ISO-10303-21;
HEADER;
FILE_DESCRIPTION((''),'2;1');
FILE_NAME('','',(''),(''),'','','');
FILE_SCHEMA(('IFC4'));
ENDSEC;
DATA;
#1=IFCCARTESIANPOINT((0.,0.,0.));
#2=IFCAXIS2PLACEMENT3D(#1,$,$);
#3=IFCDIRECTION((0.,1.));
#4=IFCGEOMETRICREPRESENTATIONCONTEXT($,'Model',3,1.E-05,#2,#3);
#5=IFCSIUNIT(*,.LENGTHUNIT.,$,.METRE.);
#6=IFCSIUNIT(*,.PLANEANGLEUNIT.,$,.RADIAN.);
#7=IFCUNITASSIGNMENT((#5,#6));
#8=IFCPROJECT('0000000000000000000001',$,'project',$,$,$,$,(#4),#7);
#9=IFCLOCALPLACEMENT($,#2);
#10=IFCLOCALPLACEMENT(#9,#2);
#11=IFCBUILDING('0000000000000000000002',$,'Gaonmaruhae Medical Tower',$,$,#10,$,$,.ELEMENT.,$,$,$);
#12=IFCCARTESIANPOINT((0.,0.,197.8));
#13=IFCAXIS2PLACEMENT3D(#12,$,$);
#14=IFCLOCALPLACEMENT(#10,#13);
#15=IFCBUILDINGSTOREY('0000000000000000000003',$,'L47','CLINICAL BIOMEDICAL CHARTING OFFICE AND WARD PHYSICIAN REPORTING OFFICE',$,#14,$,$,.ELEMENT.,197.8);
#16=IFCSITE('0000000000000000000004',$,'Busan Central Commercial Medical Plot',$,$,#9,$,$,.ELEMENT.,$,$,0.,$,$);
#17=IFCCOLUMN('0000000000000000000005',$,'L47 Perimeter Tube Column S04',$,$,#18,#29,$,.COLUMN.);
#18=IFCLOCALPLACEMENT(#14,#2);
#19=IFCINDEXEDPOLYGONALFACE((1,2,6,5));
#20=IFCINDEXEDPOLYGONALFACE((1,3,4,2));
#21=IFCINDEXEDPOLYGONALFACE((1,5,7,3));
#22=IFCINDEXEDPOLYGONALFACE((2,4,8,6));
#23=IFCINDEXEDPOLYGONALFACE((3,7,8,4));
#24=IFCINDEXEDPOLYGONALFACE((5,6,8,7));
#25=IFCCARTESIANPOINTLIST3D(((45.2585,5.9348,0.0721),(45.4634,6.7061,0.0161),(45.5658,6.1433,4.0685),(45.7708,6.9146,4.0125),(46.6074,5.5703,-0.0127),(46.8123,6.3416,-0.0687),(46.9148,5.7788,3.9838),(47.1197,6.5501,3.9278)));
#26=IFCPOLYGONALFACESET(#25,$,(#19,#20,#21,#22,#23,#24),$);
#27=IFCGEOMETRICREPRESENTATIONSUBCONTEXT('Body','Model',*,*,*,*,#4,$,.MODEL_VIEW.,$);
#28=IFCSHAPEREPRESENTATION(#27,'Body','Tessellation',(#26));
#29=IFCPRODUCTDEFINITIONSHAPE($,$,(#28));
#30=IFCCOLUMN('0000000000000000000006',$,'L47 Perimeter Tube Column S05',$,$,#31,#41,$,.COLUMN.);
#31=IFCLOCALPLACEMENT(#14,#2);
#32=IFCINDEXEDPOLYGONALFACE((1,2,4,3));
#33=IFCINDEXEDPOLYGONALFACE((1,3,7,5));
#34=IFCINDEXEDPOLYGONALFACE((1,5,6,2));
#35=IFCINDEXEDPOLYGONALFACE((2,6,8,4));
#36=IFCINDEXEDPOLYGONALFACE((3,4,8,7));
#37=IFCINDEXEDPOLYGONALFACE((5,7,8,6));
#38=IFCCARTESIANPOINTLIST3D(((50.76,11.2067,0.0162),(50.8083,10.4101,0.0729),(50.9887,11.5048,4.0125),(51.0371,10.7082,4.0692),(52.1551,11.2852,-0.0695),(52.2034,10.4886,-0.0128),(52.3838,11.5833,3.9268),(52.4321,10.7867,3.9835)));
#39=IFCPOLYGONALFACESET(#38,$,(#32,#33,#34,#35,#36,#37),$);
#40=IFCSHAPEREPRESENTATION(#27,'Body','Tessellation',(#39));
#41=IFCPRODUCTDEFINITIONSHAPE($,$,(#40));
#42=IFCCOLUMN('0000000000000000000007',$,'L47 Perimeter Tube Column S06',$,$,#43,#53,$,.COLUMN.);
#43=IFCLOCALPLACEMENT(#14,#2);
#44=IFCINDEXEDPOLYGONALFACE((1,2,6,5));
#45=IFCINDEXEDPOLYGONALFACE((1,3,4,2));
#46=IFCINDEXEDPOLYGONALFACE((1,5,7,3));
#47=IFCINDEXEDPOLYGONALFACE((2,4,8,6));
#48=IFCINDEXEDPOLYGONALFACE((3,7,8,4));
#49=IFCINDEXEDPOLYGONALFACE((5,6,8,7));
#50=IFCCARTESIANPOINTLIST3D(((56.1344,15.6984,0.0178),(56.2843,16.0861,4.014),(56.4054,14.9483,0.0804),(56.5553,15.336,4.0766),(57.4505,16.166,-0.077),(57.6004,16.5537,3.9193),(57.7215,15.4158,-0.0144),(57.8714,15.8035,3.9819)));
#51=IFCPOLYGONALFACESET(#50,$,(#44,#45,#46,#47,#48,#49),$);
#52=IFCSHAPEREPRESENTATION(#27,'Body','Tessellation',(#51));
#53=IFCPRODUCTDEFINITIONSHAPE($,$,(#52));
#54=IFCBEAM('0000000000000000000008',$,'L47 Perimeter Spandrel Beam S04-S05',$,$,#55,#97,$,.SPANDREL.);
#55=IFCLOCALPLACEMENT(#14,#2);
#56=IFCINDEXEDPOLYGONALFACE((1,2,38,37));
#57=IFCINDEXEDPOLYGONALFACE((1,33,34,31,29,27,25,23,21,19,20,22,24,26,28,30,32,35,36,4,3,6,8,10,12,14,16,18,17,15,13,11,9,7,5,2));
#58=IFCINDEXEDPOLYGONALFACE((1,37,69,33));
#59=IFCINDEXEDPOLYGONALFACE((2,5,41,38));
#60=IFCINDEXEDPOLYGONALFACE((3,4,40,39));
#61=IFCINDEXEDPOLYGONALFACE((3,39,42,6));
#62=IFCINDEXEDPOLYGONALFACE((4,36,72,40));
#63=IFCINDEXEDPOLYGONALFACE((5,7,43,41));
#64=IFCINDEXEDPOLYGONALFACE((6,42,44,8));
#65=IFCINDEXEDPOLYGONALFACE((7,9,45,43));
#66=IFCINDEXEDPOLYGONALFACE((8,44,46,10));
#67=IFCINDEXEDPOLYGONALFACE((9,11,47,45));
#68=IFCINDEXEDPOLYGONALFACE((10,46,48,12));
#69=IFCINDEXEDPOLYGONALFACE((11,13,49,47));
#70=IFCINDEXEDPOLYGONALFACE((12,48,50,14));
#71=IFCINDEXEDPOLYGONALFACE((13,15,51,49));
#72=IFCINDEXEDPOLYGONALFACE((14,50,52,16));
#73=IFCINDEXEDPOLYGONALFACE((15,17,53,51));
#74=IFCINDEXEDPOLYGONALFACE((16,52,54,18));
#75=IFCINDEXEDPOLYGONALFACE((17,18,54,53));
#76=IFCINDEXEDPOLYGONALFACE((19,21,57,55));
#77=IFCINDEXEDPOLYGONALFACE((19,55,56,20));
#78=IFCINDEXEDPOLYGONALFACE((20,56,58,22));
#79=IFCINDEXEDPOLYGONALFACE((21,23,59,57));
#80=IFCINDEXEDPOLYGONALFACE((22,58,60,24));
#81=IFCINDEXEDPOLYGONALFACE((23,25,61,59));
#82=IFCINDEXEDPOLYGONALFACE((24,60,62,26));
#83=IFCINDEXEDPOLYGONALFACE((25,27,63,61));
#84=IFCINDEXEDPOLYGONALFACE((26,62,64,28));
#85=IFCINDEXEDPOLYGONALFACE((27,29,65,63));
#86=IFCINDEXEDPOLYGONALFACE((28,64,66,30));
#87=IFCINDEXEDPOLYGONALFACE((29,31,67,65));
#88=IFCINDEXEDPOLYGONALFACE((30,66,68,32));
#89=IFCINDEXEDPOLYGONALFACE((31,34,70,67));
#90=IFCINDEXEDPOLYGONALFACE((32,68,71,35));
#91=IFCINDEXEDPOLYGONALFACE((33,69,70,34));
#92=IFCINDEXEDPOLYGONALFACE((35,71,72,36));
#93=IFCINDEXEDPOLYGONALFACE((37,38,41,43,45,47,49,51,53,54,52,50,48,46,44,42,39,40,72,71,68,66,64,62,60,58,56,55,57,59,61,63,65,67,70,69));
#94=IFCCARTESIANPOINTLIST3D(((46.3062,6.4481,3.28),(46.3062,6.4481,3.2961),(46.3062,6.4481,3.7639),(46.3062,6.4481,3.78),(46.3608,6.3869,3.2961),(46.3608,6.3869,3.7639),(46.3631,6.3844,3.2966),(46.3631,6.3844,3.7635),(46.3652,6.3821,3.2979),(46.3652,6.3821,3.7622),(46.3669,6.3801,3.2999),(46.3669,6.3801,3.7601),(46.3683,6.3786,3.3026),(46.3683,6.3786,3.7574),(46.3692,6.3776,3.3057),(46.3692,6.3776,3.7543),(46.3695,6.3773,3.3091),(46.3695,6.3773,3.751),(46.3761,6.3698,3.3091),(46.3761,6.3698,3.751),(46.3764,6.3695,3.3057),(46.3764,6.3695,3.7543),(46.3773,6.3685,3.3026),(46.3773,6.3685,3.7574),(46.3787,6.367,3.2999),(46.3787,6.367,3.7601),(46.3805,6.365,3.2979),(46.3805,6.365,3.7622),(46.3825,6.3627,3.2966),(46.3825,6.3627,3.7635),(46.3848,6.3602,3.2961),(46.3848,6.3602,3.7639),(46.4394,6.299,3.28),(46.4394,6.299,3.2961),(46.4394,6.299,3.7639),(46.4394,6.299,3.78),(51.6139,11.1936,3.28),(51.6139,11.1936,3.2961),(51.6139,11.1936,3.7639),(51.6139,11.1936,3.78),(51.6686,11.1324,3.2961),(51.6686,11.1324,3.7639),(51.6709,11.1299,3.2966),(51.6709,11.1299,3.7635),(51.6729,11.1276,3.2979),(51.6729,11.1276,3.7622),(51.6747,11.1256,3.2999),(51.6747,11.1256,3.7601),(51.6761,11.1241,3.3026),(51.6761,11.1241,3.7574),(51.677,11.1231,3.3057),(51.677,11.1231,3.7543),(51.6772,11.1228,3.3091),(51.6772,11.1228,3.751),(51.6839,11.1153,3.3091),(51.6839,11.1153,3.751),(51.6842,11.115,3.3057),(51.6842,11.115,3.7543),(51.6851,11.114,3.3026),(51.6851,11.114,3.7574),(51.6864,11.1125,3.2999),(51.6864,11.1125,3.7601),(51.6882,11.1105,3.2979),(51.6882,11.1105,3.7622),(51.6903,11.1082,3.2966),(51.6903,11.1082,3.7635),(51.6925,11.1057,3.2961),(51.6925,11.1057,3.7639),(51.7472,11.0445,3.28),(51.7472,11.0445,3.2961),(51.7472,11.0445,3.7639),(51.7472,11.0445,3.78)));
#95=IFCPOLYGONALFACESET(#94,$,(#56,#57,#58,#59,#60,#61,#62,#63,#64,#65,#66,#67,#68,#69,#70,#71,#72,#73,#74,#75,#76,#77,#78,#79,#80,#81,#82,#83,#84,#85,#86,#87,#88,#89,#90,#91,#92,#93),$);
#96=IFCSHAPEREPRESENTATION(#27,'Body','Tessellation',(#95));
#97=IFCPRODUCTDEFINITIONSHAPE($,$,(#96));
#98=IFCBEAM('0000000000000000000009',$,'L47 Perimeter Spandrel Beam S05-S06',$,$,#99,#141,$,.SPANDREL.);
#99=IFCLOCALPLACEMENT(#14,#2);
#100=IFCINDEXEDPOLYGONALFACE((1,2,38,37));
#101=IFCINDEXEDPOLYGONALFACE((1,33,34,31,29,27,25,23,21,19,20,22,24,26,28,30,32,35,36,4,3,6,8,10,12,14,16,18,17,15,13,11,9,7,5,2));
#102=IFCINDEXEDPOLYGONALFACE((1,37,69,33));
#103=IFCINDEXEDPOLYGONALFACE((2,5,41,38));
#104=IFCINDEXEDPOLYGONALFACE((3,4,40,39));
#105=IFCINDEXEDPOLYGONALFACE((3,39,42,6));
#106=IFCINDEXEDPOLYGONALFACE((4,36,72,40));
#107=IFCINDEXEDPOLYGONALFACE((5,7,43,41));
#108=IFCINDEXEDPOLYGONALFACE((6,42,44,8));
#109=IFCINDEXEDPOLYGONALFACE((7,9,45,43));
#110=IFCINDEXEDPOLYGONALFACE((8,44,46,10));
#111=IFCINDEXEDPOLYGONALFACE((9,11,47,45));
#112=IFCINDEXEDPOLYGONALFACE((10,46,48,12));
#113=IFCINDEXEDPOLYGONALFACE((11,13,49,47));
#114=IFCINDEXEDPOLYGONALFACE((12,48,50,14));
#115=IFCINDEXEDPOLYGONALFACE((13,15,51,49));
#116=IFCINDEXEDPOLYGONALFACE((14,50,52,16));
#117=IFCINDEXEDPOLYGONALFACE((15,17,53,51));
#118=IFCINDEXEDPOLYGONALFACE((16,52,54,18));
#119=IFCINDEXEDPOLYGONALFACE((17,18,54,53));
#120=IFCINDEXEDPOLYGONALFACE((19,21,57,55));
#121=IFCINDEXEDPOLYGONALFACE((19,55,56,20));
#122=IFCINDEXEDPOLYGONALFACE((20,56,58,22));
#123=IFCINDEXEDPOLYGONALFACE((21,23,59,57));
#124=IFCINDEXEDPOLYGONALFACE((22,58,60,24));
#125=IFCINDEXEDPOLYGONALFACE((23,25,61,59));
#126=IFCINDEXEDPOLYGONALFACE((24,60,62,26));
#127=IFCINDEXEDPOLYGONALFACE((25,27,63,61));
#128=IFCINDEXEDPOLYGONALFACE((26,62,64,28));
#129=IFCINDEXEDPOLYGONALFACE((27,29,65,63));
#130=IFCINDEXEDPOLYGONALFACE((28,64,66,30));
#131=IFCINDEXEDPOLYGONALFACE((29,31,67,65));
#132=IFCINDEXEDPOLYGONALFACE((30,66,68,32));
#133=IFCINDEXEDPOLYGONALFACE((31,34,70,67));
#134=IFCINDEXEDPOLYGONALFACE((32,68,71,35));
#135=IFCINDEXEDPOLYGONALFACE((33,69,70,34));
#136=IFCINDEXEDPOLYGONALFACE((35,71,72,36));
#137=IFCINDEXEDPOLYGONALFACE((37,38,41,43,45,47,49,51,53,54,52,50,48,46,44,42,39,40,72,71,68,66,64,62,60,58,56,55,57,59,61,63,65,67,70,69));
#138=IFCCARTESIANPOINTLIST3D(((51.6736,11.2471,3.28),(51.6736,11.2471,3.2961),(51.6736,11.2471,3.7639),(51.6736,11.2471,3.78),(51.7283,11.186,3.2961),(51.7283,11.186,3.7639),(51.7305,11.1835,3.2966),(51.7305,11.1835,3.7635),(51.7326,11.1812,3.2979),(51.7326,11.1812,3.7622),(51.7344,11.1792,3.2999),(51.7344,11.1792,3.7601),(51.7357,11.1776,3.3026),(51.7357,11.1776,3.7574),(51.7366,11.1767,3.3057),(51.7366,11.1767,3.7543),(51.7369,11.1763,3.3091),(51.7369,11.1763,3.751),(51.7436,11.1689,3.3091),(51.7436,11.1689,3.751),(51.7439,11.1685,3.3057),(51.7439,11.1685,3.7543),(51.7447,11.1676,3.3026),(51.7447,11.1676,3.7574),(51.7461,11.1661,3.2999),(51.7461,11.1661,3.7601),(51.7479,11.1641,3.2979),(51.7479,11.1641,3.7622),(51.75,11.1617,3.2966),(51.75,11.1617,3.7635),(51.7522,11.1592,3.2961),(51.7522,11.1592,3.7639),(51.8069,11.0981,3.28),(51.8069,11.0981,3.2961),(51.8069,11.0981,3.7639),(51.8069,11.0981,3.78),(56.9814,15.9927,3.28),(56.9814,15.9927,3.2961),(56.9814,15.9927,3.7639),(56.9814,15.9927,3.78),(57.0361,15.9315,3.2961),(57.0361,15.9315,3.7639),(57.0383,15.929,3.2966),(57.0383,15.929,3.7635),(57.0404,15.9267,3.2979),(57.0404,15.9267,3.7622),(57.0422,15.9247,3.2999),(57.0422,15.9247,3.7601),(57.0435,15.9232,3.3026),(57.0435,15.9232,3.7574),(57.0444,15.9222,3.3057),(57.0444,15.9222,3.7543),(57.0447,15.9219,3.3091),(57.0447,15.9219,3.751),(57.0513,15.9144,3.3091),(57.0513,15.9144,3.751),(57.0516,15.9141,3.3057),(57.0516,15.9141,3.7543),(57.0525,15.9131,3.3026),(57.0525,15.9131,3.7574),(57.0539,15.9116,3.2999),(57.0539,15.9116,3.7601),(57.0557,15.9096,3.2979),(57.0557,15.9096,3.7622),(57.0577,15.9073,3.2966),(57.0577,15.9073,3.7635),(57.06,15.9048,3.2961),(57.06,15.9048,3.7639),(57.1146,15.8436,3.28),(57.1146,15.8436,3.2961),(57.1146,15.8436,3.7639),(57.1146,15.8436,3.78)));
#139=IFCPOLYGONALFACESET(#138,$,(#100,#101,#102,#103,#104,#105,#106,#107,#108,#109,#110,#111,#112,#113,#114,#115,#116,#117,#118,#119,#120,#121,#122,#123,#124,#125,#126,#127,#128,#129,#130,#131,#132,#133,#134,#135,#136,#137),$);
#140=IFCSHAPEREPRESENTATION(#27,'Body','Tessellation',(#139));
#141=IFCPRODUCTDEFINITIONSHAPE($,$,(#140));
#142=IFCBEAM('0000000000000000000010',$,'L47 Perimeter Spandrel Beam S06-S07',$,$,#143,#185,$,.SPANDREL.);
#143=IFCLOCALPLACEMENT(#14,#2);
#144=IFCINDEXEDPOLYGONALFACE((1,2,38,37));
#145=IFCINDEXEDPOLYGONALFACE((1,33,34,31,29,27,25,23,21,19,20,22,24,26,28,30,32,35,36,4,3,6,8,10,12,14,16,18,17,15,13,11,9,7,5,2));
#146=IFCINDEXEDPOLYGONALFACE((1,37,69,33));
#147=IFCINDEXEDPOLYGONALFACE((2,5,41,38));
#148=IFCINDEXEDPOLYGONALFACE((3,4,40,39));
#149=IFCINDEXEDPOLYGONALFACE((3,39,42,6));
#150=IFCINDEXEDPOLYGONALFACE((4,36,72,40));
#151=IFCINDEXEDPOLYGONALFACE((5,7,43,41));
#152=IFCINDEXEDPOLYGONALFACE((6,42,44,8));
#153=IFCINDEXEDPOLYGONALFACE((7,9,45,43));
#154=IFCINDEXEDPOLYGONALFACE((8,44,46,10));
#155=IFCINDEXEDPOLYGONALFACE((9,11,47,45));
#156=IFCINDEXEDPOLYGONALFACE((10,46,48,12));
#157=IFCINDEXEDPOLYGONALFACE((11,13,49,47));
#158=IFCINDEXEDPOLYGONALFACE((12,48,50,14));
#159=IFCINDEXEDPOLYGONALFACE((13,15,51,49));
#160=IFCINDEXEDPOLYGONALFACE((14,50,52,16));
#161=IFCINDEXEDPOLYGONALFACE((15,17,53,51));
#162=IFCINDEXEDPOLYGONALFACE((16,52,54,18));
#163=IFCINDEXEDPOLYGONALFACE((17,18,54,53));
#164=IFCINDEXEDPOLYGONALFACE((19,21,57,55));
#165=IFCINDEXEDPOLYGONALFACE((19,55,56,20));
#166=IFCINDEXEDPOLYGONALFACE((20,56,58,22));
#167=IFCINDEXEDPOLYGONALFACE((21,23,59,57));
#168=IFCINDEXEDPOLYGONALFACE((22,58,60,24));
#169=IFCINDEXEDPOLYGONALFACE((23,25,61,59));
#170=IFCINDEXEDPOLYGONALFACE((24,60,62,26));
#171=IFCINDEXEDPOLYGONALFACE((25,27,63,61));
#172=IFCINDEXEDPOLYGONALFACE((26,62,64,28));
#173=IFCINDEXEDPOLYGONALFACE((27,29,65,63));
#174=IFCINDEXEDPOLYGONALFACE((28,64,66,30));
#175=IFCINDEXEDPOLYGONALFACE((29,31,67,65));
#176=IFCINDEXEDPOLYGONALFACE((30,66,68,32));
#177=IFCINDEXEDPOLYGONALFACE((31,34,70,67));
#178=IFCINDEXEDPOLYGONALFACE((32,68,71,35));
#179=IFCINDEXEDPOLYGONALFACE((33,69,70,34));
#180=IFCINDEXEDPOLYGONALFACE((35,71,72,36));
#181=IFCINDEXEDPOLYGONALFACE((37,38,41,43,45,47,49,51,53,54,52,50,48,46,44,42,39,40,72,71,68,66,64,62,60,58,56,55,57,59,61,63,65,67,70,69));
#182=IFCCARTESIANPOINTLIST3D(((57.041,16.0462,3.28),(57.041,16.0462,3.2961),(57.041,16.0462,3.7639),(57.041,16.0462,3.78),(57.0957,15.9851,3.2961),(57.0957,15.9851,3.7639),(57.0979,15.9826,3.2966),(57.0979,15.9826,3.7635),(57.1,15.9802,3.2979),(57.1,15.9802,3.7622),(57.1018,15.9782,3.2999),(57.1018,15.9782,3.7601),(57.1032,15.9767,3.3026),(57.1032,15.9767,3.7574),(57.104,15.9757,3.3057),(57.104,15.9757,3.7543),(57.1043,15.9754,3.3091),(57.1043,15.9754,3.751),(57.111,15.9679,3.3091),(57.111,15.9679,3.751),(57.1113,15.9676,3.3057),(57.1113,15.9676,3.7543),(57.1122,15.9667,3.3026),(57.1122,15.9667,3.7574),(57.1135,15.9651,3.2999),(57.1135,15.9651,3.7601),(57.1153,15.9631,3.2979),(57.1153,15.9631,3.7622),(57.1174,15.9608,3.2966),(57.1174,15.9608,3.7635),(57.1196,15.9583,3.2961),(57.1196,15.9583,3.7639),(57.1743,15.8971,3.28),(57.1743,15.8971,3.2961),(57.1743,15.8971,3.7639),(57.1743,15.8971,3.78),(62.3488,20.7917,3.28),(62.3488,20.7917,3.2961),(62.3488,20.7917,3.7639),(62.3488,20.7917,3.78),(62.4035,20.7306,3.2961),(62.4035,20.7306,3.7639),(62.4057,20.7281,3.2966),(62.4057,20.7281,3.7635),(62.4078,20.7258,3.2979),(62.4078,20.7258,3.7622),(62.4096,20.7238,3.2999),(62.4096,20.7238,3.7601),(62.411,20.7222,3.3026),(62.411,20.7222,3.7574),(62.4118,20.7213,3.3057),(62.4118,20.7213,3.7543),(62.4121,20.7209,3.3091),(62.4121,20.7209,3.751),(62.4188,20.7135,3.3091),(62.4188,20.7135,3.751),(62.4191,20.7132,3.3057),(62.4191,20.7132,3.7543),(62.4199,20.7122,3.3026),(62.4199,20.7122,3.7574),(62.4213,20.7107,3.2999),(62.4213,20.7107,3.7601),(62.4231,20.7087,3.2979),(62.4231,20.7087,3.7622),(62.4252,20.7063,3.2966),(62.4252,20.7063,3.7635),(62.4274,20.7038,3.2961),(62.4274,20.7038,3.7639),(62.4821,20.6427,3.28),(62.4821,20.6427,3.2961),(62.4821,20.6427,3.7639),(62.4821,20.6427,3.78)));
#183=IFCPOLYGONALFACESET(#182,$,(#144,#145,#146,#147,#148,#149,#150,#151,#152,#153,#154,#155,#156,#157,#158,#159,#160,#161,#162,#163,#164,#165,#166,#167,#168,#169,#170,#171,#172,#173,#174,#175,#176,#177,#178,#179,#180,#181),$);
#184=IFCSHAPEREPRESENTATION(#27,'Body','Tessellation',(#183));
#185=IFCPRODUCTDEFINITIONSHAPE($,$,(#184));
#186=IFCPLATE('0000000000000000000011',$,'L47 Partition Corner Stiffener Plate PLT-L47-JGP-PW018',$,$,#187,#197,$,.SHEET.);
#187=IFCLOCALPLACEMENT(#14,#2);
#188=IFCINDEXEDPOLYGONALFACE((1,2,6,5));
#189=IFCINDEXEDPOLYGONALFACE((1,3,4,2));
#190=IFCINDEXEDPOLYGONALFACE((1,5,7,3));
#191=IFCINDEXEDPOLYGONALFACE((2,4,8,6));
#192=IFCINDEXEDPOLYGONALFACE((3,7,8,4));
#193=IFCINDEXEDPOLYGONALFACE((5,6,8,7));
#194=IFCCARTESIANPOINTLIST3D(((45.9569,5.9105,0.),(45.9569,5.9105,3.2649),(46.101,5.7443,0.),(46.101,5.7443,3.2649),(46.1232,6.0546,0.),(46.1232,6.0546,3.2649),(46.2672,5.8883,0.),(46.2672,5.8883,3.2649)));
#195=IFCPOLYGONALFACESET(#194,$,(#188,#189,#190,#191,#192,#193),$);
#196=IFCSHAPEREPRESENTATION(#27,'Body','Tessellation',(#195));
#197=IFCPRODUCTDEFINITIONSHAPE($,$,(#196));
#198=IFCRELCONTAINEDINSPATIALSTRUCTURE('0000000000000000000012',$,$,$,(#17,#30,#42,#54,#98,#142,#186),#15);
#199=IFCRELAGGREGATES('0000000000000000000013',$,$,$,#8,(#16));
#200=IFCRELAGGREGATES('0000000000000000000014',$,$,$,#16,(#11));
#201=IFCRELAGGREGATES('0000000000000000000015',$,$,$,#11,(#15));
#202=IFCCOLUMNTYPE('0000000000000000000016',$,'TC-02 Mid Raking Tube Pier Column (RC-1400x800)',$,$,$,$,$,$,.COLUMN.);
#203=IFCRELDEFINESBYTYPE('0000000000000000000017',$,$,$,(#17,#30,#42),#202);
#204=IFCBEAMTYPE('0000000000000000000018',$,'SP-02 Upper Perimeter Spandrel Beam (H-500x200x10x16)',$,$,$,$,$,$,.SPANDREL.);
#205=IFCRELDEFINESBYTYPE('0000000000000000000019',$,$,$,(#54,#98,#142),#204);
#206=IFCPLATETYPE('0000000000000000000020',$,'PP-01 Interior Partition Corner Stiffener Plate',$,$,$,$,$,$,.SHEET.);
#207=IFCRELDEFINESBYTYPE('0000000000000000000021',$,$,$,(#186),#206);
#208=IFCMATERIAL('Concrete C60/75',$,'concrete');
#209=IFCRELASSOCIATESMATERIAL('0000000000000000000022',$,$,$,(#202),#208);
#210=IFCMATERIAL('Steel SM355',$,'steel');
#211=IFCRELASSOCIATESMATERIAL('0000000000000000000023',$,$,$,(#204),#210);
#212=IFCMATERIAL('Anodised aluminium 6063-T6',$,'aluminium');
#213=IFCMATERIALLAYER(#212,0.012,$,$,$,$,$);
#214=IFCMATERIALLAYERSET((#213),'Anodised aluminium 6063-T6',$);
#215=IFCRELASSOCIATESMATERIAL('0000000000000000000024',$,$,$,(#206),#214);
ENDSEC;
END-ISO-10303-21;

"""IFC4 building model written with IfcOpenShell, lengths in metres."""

from ifc_helpers import new_model, si_unit, direction, frame, origin, origin_2d, place, context, subcontext, project, spatial, rectangle, i_section, extrude, material, layer, layer_set, material_profile, profile_set, type_object, element, save


model = new_model("IFC4")

# Units and contexts
model_context = context("Model", 3, precision=1e-05, world=origin(), true_north=direction((0.0, 1.0)))
body_context = subcontext(model_context, "Body", "Model", "MODEL_VIEW")
ifc_project = project(units=[si_unit("LENGTHUNIT", "METRE"), si_unit("PLANEANGLEUNIT", "RADIAN")], contexts=[model_context])

# Site, building, storey
site_placement = place(None, origin())
site = spatial("IfcSite", under=ifc_project, at=site_placement, Name="Busan Central Commercial Medical Plot", CompositionType="ELEMENT", RefElevation=0.0)
building_placement = place(site_placement, origin())
building = spatial("IfcBuilding", under=site, at=building_placement, Name="Gaonmaruhae Medical Tower", CompositionType="ELEMENT")
storey_placement = place(building_placement, frame((0.0, 0.0, 197.8)))
storey = spatial("IfcBuildingStorey", under=building, at=storey_placement, Name="L47", Description="CLINICAL BIOMEDICAL CHARTING OFFICE AND WARD PHYSICIAN REPORTING OFFICE", CompositionType="ELEMENT", Elevation=197.8)

# Columns
ifc_material_1 = material(Name="Concrete C60/75", Category="concrete")
ifc_material_profile_1 = material_profile(ifc_material_1, rectangle(XDim=1.3999, YDim=0.8, at=origin_2d()), Name="RC-1400x800")
ifc_profile_set_1 = profile_set([ifc_material_profile_1], Name="Concrete C60/75")
column_type = type_object("IfcColumnType", Name="TC-02 Mid Raking Tube Pier Column (RC-1400x800)", PredefinedType="COLUMN", material=ifc_profile_set_1)
column_1_placement = place(storey_placement, frame((46.0354, 6.1382, 0.0017), z_axis=(0.076584, 0.051948, 0.995709), x_axis=(-0.963602, 0.2604, 0.060529)))
element("IfcColumn", 1, at=column_1_placement, inside=storey, type_object=column_type, Name="L47 Perimeter Tube Column S04", PredefinedType="COLUMN", context=body_context, shape_type="SweptSolid", body=[
    extrude(rectangle(XDim=1.3999, YDim=0.8, at=origin_2d()), origin(), (0.0, 0.0, 1.0), 4.0137),
])
column_2_placement = place(storey_placement, frame((51.4817, 10.8477, 0.0017), z_axis=(0.056991, 0.074265, 0.995609), x_axis=(-0.996545, -0.056108, 0.06123)))
element("IfcColumn", 2, at=column_2_placement, inside=storey, type_object=column_type, Name="L47 Perimeter Tube Column S05", PredefinedType="COLUMN", context=body_context, shape_type="SweptSolid", body=[
    extrude(rectangle(XDim=1.3999, YDim=0.8, at=origin_2d()), origin(), (0.0, 0.0, 1.0), 4.0139),
])
column_3_placement = place(storey_placement, frame((56.928, 15.5571, 0.0017), z_axis=(0.037309, 0.096492, 0.994634), x_axis=(-0.94014, -0.334003, 0.067667)))
element("IfcColumn", 3, at=column_3_placement, inside=storey, type_object=column_type, Name="L47 Perimeter Tube Column S06", PredefinedType="COLUMN", context=body_context, shape_type="SweptSolid", body=[
    extrude(rectangle(XDim=1.3999, YDim=0.8, at=origin_2d()), origin(), (0.0, 0.0, 1.0), 4.0178),
])

# Beams
ifc_material_2 = material(Name="Steel SM355", Category="steel")
ifc_material_profile_2 = material_profile(ifc_material_2, i_section(OverallWidth=0.2, OverallDepth=0.5, WebThickness=0.01, FlangeThickness=0.0161, FilletRadius=0.0129, at=origin_2d()), Name="H-500x200x10x16")
ifc_profile_set_2 = profile_set([ifc_material_profile_2], Name="Steel SM355")
beam_type = type_object("IfcBeamType", Name="SP-02 Upper Perimeter Spandrel Beam (H-500x200x10x16)", PredefinedType="SPANDREL", material=ifc_profile_set_2)
for number, where, z_axis, x_axis, name in (
    (4, (46.3728, 6.3735, 3.53), (0.745488, 0.666519, 0.0), (-0.666519, 0.745488, 0.0), "L47 Perimeter Spandrel Beam S04-S05"),
    (5, (51.7402, 11.1726, 3.53), (0.745488, 0.666519, 0.0), (-0.666519, 0.745488, 0.0), "L47 Perimeter Spandrel Beam S05-S06"),
    (6, (57.1077, 15.9717, 3.53), (0.745488, 0.666519, 0.0), (-0.666519, 0.745488, 0.0), "L47 Perimeter Spandrel Beam S06-S07"),
):
    element("IfcBeam", number, at=place(storey_placement, frame(where, z_axis=z_axis, x_axis=x_axis)), inside=storey, type_object=beam_type, Name=name, PredefinedType="SPANDREL", context=body_context, shape_type="SweptSolid", body=[
        extrude(i_section(OverallWidth=0.2, OverallDepth=0.5, WebThickness=0.01, FlangeThickness=0.0161, FilletRadius=0.0129, at=origin_2d()), origin(), (0.0, 0.0, 1.0), 7.1199),
    ])

# Plate
ifc_material_3 = material(Name="Anodised aluminium 6063-T6", Category="aluminium")
ifc_layer_1 = layer(ifc_material_3, 0.012)
ifc_layer_set_1 = layer_set([ifc_layer_1], Name="Anodised aluminium 6063-T6")
plate_type = type_object("IfcPlateType", Name="PP-01 Interior Partition Corner Stiffener Plate", PredefinedType="SHEET", material=ifc_layer_set_1)
for number, where, z_axis, x_axis, name in (
    (7, (46.1121, 5.8994, 0.0), (0.0, 0.0, 1.0), (-0.755762, -0.654846, 0.0), "L47 Partition Corner Stiffener Plate PLT-L47-JGP-PW018"),
):
    element("IfcPlate", number, at=place(storey_placement, frame(where, z_axis=z_axis, x_axis=x_axis)), inside=storey, type_object=plate_type, Name=name, PredefinedType="SHEET", context=body_context, shape_type="SweptSolid", body=[
        extrude(rectangle(XDim=0.22, YDim=0.22, at=origin_2d()), origin(), (0.0, 0.0, 1.0), 3.2649),
    ])

save(model, "model.ifc")
